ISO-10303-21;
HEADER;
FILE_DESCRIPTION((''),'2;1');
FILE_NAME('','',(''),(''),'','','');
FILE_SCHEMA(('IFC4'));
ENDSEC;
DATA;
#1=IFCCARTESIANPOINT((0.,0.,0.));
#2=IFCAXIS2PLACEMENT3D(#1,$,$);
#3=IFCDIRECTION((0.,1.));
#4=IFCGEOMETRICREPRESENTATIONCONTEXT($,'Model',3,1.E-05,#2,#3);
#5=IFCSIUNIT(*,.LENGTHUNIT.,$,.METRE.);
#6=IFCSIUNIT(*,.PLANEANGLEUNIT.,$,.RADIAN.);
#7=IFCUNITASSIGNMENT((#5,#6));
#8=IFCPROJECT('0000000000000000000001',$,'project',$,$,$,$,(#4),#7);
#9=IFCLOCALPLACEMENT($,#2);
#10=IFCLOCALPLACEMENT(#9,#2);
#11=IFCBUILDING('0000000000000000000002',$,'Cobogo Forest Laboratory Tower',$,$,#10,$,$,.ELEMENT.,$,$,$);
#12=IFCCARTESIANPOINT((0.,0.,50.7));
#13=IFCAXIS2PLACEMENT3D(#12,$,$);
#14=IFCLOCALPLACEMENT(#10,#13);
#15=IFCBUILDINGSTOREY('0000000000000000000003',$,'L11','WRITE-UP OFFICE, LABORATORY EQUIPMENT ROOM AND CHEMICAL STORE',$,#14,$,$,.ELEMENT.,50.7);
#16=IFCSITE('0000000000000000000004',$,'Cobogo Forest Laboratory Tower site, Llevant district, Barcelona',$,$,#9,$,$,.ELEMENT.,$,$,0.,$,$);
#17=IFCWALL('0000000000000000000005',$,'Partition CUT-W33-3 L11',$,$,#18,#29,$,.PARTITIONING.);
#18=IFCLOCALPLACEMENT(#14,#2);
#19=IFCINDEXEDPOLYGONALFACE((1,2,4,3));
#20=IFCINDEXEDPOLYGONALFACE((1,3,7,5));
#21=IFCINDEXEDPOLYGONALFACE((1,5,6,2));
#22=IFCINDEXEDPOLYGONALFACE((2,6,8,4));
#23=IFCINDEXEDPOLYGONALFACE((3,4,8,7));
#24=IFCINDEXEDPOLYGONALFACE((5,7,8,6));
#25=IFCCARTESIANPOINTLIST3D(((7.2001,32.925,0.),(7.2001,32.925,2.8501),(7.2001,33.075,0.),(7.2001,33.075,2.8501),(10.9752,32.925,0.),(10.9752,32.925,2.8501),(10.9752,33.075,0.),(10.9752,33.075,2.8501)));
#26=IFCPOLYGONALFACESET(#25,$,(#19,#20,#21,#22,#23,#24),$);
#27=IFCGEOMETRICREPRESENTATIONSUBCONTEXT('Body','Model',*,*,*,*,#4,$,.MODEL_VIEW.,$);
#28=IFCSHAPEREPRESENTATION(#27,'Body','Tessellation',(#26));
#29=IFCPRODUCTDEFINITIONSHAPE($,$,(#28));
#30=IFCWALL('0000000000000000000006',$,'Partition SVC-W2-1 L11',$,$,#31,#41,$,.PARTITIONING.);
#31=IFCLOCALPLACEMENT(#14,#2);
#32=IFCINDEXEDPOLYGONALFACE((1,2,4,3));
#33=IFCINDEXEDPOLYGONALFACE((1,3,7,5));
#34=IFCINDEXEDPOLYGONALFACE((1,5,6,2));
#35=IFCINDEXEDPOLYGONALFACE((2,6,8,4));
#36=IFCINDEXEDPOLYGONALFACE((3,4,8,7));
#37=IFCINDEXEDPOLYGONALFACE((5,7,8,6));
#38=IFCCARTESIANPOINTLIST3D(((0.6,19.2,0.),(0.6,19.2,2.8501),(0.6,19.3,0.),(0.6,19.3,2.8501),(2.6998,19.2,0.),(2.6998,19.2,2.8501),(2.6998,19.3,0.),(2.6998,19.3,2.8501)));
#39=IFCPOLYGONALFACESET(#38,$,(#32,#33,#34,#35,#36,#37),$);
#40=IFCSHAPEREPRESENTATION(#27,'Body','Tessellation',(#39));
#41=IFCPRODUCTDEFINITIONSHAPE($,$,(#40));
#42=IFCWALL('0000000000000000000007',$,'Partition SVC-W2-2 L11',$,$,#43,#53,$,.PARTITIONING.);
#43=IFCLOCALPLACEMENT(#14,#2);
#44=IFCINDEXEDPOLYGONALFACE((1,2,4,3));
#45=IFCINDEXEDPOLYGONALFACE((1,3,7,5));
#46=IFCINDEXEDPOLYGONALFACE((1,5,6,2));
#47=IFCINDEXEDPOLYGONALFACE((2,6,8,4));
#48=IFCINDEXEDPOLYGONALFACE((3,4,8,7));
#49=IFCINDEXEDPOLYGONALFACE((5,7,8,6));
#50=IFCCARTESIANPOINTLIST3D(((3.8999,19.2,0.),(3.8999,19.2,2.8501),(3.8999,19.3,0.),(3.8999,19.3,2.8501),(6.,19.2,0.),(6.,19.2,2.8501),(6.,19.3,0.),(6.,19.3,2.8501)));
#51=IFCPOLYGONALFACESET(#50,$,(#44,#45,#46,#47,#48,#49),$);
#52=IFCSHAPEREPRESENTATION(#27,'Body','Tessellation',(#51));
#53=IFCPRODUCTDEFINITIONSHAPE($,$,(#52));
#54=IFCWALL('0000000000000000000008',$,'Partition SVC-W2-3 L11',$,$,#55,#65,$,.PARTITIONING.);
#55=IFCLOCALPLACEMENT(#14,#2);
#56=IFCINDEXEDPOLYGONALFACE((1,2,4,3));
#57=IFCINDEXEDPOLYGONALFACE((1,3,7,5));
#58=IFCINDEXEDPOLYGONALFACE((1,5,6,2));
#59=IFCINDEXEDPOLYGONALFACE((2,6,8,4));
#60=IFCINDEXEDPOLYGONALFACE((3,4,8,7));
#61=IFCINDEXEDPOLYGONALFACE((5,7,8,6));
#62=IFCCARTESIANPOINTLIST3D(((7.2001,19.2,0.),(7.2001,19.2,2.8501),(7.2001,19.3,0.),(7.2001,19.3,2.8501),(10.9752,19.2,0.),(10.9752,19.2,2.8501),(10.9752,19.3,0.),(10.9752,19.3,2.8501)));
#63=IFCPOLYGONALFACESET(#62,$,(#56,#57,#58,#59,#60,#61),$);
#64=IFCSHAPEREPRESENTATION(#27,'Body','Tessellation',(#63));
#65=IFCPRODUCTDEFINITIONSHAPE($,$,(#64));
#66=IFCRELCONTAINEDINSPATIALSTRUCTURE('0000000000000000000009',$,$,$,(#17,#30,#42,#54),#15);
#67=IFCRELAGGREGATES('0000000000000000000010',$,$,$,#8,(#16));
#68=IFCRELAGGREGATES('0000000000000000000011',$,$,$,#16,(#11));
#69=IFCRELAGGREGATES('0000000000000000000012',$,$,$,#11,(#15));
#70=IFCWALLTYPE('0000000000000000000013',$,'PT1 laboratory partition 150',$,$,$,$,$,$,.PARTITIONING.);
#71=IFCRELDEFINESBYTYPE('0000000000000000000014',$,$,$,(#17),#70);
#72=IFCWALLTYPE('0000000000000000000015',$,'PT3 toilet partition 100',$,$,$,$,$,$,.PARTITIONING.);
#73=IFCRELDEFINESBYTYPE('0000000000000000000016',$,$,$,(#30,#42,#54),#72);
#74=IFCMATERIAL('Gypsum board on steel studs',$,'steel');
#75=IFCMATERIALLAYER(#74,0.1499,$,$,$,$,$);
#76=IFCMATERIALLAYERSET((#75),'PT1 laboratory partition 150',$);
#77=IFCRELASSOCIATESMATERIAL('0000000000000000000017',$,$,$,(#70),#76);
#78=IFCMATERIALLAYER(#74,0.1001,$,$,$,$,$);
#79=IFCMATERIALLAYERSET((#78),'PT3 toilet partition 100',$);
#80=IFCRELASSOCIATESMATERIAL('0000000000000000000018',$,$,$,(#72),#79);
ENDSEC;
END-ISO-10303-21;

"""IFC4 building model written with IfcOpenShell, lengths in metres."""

from ifc_helpers import new_model, si_unit, direction, frame, frame_2d, origin, place, context, subcontext, project, spatial, rectangle, extrude, material, layer, layer_set, type_object, element, save


model = new_model("IFC4")

# Units and contexts
model_context = context("Model", 3, precision=1e-05, world=origin(), true_north=direction((0.0, 1.0)))
body_context = subcontext(model_context, "Body", "Model", "MODEL_VIEW")
ifc_project = project(units=[si_unit("LENGTHUNIT", "METRE"), si_unit("PLANEANGLEUNIT", "RADIAN")], contexts=[model_context])

# Site, building, storey
site_placement = place(None, origin())
site = spatial("IfcSite", under=ifc_project, at=site_placement, Name="Cobogo Forest Laboratory Tower site, Llevant district, Barcelona", CompositionType="ELEMENT", RefElevation=0.0)
building_placement = place(site_placement, origin())
building = spatial("IfcBuilding", under=site, at=building_placement, Name="Cobogo Forest Laboratory Tower", CompositionType="ELEMENT")
storey_placement = place(building_placement, frame((0.0, 0.0, 50.7)))
storey = spatial("IfcBuildingStorey", under=building, at=storey_placement, Name="L11", Description="WRITE-UP OFFICE, LABORATORY EQUIPMENT ROOM AND CHEMICAL STORE", CompositionType="ELEMENT", Elevation=50.7)

# Shared definitions
ifc_material_1 = material(Name="Gypsum board on steel studs", Category="steel")
ifc_layer_1 = layer(ifc_material_1, 0.1499)
ifc_layer_set_1 = layer_set([ifc_layer_1], Name="PT1 laboratory partition 150")
wall_type_1 = type_object("IfcWallType", Name="PT1 laboratory partition 150", PredefinedType="PARTITIONING", material=ifc_layer_set_1)

# Walls
wall_1_placement = place(storey_placement, frame((7.2, 33.0, 0.0), z_axis=(0.0, 0.0, 1.0), x_axis=(1.0, 0.0, 0.0)))
element("IfcWall", 1, at=wall_1_placement, inside=storey, type_object=wall_type_1, Name="Partition CUT-W33-3 L11", PredefinedType="PARTITIONING", context=body_context, shape_type="SweptSolid", body=[
    extrude(rectangle(XDim=3.7751, YDim=0.1499, at=frame_2d((1.8877, 0.0))), origin(), (0.0, 0.0, 1.0), 2.8501),
])
ifc_layer_2 = layer(ifc_material_1, 0.1001)
ifc_layer_set_2 = layer_set([ifc_layer_2], Name="PT3 toilet partition 100")
wall_type_2 = type_object("IfcWallType", Name="PT3 toilet partition 100", PredefinedType="PARTITIONING", material=ifc_layer_set_2)
wall_2_placement = place(storey_placement, frame((0.6001, 19.25, 0.0), z_axis=(0.0, 0.0, 1.0), x_axis=(1.0, 0.0, 0.0)))
element("IfcWall", 2, at=wall_2_placement, inside=storey, type_object=wall_type_2, Name="Partition SVC-W2-1 L11", PredefinedType="PARTITIONING", context=body_context, shape_type="SweptSolid", body=[
    extrude(rectangle(XDim=2.0999, YDim=0.1001, at=frame_2d((1.0498, 0.0))), origin(), (0.0, 0.0, 1.0), 2.8501),
])
wall_3_placement = place(storey_placement, frame((3.8999, 19.25, 0.0), z_axis=(0.0, 0.0, 1.0), x_axis=(1.0, 0.0, 0.0)))
element("IfcWall", 3, at=wall_3_placement, inside=storey, type_object=wall_type_2, Name="Partition SVC-W2-2 L11", PredefinedType="PARTITIONING", context=body_context, shape_type="SweptSolid", body=[
    extrude(rectangle(XDim=2.1001, YDim=0.1001, at=frame_2d((1.05, 0.0))), origin(), (0.0, 0.0, 1.0), 2.8501),
])
wall_4_placement = place(storey_placement, frame((7.2, 19.25, 0.0), z_axis=(0.0, 0.0, 1.0), x_axis=(1.0, 0.0, 0.0)))
element("IfcWall", 4, at=wall_4_placement, inside=storey, type_object=wall_type_2, Name="Partition SVC-W2-3 L11", PredefinedType="PARTITIONING", context=body_context, shape_type="SweptSolid", body=[
    extrude(rectangle(XDim=3.7751, YDim=0.1001, at=frame_2d((1.8877, 0.0))), origin(), (0.0, 0.0, 1.0), 2.8501),
])

save(model, "model.ifc")
